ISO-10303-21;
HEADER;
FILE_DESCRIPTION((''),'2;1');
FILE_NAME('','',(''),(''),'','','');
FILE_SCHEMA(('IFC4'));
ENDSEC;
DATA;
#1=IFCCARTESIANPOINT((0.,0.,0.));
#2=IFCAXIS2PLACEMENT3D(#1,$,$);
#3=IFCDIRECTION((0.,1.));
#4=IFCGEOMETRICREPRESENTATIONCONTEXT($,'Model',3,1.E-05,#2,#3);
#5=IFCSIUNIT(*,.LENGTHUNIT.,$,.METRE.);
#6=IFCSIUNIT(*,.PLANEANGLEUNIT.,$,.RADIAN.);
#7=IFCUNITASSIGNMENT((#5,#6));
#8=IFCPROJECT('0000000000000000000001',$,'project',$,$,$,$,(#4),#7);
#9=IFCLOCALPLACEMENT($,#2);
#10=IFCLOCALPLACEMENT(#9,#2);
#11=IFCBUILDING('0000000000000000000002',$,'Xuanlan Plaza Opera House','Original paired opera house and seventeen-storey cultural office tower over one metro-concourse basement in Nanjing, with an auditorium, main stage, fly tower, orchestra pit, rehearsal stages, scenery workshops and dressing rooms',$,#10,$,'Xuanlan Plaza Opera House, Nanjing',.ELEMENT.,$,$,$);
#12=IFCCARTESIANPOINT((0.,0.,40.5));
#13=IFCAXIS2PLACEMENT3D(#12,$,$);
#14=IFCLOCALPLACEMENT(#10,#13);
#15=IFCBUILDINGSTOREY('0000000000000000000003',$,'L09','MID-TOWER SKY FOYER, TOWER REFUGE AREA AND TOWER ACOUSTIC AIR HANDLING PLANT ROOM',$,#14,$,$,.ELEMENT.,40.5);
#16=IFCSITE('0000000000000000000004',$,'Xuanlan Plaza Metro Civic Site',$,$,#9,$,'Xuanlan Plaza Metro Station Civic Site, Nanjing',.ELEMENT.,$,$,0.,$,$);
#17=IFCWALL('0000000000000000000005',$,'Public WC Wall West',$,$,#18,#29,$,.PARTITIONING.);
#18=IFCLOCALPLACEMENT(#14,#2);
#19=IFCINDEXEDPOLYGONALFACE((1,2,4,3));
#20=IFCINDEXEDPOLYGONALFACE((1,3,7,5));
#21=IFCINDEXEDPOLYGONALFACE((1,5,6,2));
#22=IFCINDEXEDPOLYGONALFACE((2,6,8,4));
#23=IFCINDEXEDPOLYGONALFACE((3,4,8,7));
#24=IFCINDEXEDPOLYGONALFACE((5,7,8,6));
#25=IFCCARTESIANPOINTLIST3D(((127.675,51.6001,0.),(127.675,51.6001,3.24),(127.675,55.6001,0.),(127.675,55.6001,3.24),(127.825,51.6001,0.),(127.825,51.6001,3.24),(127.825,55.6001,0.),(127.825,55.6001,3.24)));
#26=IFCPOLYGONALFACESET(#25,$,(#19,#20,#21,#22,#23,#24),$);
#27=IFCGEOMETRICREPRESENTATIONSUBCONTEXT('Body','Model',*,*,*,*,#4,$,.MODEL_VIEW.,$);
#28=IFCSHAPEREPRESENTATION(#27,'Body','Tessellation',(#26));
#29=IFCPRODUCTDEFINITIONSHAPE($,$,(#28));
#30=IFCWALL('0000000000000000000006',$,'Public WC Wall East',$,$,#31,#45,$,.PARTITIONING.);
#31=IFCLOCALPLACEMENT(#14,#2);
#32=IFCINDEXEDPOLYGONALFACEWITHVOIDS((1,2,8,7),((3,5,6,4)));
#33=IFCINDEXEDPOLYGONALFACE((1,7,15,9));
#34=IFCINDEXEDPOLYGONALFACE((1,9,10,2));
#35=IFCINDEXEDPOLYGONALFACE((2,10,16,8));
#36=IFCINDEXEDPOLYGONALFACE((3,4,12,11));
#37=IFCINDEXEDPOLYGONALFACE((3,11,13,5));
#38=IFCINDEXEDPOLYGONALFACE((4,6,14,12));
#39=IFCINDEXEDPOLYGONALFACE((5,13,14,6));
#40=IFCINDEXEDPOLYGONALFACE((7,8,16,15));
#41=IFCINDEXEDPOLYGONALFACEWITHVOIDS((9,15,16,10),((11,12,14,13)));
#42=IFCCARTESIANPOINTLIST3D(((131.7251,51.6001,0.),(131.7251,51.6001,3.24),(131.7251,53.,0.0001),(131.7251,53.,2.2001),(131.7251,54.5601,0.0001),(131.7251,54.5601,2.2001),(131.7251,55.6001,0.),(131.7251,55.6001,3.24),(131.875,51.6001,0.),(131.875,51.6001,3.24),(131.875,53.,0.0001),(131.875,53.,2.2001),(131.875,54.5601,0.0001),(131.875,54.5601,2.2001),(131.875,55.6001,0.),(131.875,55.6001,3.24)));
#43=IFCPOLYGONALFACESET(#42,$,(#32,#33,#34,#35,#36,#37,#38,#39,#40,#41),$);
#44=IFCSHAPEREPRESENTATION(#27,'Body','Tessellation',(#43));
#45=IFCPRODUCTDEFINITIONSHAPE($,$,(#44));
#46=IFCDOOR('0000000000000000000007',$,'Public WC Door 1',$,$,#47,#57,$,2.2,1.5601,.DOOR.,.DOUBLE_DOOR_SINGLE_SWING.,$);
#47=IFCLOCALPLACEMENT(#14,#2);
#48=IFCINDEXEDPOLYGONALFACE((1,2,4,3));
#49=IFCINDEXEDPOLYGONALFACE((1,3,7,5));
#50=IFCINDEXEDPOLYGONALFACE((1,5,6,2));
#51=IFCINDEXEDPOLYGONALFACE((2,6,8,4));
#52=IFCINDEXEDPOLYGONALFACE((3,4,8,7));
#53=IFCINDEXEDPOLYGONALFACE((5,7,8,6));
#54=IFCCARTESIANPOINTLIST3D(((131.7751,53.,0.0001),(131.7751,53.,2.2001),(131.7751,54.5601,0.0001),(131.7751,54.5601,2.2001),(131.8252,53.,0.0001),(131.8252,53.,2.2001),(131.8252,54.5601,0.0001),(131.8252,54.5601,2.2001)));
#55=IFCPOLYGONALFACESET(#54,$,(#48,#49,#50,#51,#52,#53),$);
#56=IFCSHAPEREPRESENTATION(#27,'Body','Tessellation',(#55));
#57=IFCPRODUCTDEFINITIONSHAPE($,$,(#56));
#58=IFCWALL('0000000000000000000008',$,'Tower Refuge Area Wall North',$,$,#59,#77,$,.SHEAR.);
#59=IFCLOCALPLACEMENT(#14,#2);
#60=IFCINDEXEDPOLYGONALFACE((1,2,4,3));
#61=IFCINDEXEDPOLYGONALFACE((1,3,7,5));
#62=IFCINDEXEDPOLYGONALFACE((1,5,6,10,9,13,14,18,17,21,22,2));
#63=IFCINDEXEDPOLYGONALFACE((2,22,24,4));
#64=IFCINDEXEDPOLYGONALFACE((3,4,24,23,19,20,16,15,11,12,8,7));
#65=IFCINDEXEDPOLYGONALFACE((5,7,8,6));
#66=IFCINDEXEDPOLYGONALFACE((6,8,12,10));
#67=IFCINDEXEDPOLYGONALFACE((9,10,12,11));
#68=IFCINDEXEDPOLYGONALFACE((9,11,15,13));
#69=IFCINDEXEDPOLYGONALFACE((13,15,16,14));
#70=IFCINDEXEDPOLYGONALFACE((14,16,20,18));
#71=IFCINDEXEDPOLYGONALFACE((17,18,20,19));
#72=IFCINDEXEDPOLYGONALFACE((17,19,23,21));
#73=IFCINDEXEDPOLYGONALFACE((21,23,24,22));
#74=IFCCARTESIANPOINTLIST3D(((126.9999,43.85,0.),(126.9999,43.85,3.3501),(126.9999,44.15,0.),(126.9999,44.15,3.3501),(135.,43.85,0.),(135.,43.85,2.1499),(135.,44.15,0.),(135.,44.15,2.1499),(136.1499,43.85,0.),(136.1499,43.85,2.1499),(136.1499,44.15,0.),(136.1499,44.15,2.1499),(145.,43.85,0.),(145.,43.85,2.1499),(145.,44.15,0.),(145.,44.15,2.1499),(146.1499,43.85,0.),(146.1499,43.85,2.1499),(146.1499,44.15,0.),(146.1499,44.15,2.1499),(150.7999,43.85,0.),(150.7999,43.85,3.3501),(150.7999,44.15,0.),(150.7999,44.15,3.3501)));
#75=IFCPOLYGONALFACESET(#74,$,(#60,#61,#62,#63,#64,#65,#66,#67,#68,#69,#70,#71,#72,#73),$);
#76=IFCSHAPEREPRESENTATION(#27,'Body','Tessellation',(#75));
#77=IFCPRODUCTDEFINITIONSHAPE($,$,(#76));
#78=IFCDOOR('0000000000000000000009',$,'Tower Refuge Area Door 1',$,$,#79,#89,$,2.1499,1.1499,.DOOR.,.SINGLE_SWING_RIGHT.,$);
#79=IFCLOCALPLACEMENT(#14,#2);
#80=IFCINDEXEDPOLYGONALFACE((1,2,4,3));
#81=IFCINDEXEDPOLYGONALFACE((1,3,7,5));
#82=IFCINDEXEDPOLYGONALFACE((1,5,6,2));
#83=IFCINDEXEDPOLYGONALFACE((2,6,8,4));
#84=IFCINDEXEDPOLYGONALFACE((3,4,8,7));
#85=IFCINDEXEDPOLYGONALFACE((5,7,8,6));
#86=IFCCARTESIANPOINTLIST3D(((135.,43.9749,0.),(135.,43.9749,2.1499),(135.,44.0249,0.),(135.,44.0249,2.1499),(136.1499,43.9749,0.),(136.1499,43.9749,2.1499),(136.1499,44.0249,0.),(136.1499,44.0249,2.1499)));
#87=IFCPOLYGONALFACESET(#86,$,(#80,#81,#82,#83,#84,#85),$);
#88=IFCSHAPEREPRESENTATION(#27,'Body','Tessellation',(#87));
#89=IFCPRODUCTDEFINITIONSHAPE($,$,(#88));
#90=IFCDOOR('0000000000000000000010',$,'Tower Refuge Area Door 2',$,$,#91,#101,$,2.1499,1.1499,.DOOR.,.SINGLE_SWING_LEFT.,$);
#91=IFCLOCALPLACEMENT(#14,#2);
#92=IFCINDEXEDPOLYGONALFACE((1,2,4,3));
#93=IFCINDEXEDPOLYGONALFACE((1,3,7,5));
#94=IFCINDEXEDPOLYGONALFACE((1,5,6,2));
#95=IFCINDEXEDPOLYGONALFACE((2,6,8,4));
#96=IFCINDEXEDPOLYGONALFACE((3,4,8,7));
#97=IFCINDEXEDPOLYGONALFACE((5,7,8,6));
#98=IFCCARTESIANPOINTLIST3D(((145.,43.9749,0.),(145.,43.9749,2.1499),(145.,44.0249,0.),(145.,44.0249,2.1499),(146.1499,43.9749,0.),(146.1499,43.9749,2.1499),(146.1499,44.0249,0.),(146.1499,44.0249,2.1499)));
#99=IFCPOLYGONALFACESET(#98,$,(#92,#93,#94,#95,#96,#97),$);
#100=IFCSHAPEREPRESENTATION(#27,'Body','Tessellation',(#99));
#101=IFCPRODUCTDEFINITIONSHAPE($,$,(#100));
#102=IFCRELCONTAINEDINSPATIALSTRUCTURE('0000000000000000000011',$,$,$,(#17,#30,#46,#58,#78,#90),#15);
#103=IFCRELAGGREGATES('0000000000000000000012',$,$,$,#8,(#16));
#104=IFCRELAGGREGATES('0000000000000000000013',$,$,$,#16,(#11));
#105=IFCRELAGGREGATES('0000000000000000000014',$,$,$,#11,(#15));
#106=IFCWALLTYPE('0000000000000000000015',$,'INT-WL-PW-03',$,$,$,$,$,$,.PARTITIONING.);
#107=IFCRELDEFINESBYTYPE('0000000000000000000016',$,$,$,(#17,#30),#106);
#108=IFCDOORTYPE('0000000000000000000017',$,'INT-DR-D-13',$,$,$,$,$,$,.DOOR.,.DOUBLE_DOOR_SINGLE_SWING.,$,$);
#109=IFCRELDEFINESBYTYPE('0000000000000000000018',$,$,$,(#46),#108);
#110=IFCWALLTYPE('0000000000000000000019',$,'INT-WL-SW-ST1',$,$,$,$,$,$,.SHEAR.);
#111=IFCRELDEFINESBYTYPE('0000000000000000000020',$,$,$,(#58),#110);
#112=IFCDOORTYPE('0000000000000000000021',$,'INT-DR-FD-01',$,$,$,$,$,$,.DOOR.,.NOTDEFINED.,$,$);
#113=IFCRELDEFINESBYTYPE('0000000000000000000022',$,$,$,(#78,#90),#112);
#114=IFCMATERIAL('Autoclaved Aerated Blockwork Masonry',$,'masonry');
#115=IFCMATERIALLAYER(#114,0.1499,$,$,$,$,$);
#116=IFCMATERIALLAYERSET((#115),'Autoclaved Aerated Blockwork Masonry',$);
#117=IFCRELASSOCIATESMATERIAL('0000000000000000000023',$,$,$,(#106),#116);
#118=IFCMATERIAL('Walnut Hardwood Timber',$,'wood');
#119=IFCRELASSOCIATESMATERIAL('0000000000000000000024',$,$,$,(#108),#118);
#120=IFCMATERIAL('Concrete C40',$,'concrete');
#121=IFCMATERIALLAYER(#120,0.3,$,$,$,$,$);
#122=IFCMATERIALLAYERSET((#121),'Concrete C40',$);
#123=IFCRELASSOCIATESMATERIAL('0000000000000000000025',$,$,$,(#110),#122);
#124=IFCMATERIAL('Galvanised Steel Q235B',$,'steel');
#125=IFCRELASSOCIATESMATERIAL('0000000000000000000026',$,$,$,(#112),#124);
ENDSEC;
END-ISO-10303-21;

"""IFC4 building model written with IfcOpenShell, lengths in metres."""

from ifc_helpers import new_model, si_unit, direction, frame, frame_2d, origin, place, context, subcontext, project, spatial, rectangle, extrude, material, layer, layer_set, type_object, element, fill, save


model = new_model("IFC4")

# Units and contexts
model_context = context("Model", 3, precision=1e-05, world=origin(), true_north=direction((0.0, 1.0)))
body_context = subcontext(model_context, "Body", "Model", "MODEL_VIEW")
ifc_project = project(units=[si_unit("LENGTHUNIT", "METRE"), si_unit("PLANEANGLEUNIT", "RADIAN")], contexts=[model_context])

# Site, building, storey
site_placement = place(None, origin())
site = spatial("IfcSite", under=ifc_project, at=site_placement, Name="Xuanlan Plaza Metro Civic Site", LongName="Xuanlan Plaza Metro Station Civic Site, Nanjing", CompositionType="ELEMENT", RefElevation=0.0)
building_placement = place(site_placement, origin())
building = spatial("IfcBuilding", under=site, at=building_placement, Name="Xuanlan Plaza Opera House", Description="Original paired opera house and seventeen-storey cultural office tower over one metro-concourse basement in Nanjing, with an auditorium, main stage, fly tower, orchestra pit, rehearsal stages, scenery workshops and dressing rooms", LongName="Xuanlan Plaza Opera House, Nanjing", CompositionType="ELEMENT")
storey_placement = place(building_placement, frame((0.0, 0.0, 40.5)))
storey = spatial("IfcBuildingStorey", under=building, at=storey_placement, Name="L09", Description="MID-TOWER SKY FOYER, TOWER REFUGE AREA AND TOWER ACOUSTIC AIR HANDLING PLANT ROOM", CompositionType="ELEMENT", Elevation=40.5)

# Wall
ifc_material_1 = material(Name="Autoclaved Aerated Blockwork Masonry", Category="masonry")
ifc_layer_1 = layer(ifc_material_1, 0.1499)
ifc_layer_set_1 = layer_set([ifc_layer_1], Name="Autoclaved Aerated Blockwork Masonry")
wall_type_1 = type_object("IfcWallType", Name="INT-WL-PW-03", PredefinedType="PARTITIONING", material=ifc_layer_set_1)
wall_1_placement = place(storey_placement, frame((127.75, 51.6001, 0.0), z_axis=(0.0, 0.0, 1.0), x_axis=(0.0, 1.0, 0.0)))
element("IfcWall", 1, at=wall_1_placement, inside=storey, type_object=wall_type_1, Name="Public WC Wall West", PredefinedType="PARTITIONING", context=body_context, shape_type="SweptSolid", body=[
    extrude(rectangle(XDim=4.0, YDim=0.1499, at=frame_2d((2.0, 0.0))), origin(), (0.0, 0.0, 1.0), 3.24),
])

# Wall, opening, door
wall_2_placement = place(storey_placement, frame((131.8, 51.6001, 0.0), z_axis=(0.0, 0.0, 1.0), x_axis=(0.0, 1.0, 0.0)))
wall_2 = element("IfcWall", 2, at=wall_2_placement, inside=storey, type_object=wall_type_1, Name="Public WC Wall East", PredefinedType="PARTITIONING", context=body_context, shape_type="SweptSolid", body=[
    extrude(rectangle(XDim=4.0, YDim=0.1499, at=frame_2d((2.0, 0.0))), origin(), (0.0, 0.0, 1.0), 3.24),
])
opening_1_placement = place(wall_2_placement, frame((1.3999, 0.0, 0.0)))
opening_1 = element("IfcOpeningElement", 3, at=opening_1_placement, cuts=wall_2, PredefinedType="OPENING", context=body_context, shape_type="SweptSolid", body=[
    extrude(rectangle(XDim=1.5601, YDim=2.2, at=frame_2d((0.78, 1.1001))), frame((0.0, 0.085, 0.0), z_axis=(0.0, -1.0, 0.0), x_axis=(1.0, 0.0, 0.0)), (0.0, 0.0, 1.0), 0.1699),
])
ifc_material_2 = material(Name="Walnut Hardwood Timber", Category="wood")
door_type_1 = type_object("IfcDoorType", Name="INT-DR-D-13", OperationType="DOUBLE_DOOR_SINGLE_SWING", PredefinedType="DOOR", material=ifc_material_2)
door_1_placement = place(opening_1_placement, origin())
door_1 = element("IfcDoor", 4, at=door_1_placement, inside=storey, type_object=door_type_1, Name="Public WC Door 1", OperationType="DOUBLE_DOOR_SINGLE_SWING", OverallHeight=2.2, OverallWidth=1.5601, PredefinedType="DOOR", context=body_context, shape_type="SweptSolid", body=[
    extrude(rectangle(XDim=1.5601, YDim=2.2, at=frame_2d((0.78, 1.1001))), frame((0.0, 0.0249, 0.0), z_axis=(0.0, -1.0, 0.0), x_axis=(1.0, 0.0, 0.0)), (0.0, 0.0, 1.0), 0.05),
])
fill(opening_1, door_1)

# Wall, openings, doors
ifc_material_3 = material(Name="Concrete C40", Category="concrete")
ifc_layer_2 = layer(ifc_material_3, 0.3)
ifc_layer_set_2 = layer_set([ifc_layer_2], Name="Concrete C40")
wall_type_2 = type_object("IfcWallType", Name="INT-WL-SW-ST1", PredefinedType="SHEAR", material=ifc_layer_set_2)
wall_3_placement = place(storey_placement, frame((127.0, 44.0, 0.0), z_axis=(0.0, 0.0, 1.0), x_axis=(1.0, 0.0, 0.0)))
wall_3 = element("IfcWall", 5, at=wall_3_placement, inside=storey, type_object=wall_type_2, Name="Tower Refuge Area Wall North", PredefinedType="SHEAR", context=body_context, shape_type="SweptSolid", body=[
    extrude(rectangle(XDim=23.8, YDim=0.3, at=frame_2d((11.8999, 0.0))), origin(), (0.0, 0.0, 1.0), 3.3501),
])
opening_2_placement = place(wall_3_placement, frame((8.0, 0.0, 0.0)))
opening_2 = element("IfcOpeningElement", 6, at=opening_2_placement, cuts=wall_3, PredefinedType="OPENING", context=body_context, shape_type="SweptSolid", body=[
    extrude(rectangle(XDim=1.1499, YDim=2.1499, at=frame_2d((0.575, 1.075))), frame((0.0, 0.1599, 0.0), z_axis=(0.0, -1.0, 0.0), x_axis=(1.0, 0.0, 0.0)), (0.0, 0.0, 1.0), 0.3201),
])
opening_3_placement = place(wall_3_placement, frame((18.0, 0.0, 0.0)))
opening_3 = element("IfcOpeningElement", 7, at=opening_3_placement, cuts=wall_3, PredefinedType="OPENING", context=body_context, shape_type="SweptSolid", body=[
    extrude(rectangle(XDim=1.1499, YDim=2.1499, at=frame_2d((0.575, 1.075))), frame((0.0, 0.1599, 0.0), z_axis=(0.0, -1.0, 0.0), x_axis=(1.0, 0.0, 0.0)), (0.0, 0.0, 1.0), 0.3201),
])
ifc_material_4 = material(Name="Galvanised Steel Q235B", Category="steel")
door_type_2 = type_object("IfcDoorType", Name="INT-DR-FD-01", OperationType="NOTDEFINED", PredefinedType="DOOR", material=ifc_material_4)
door_2_placement = place(opening_2_placement, origin())
door_2 = element("IfcDoor", 8, at=door_2_placement, inside=storey, type_object=door_type_2, Name="Tower Refuge Area Door 1", OperationType="SINGLE_SWING_RIGHT", OverallHeight=2.1499, OverallWidth=1.1499, PredefinedType="DOOR", context=body_context, shape_type="SweptSolid", body=[
    extrude(rectangle(XDim=1.1499, YDim=2.1499, at=frame_2d((0.575, 1.075))), frame((0.0, 0.0249, 0.0), z_axis=(0.0, -1.0, 0.0), x_axis=(1.0, 0.0, 0.0)), (0.0, 0.0, 1.0), 0.05),
])
fill(opening_2, door_2)
door_3_placement = place(opening_3_placement, origin())
door_3 = element("IfcDoor", 9, at=door_3_placement, inside=storey, type_object=door_type_2, Name="Tower Refuge Area Door 2", OperationType="SINGLE_SWING_LEFT", OverallHeight=2.1499, OverallWidth=1.1499, PredefinedType="DOOR", context=body_context, shape_type="SweptSolid", body=[
    extrude(rectangle(XDim=1.1499, YDim=2.1499, at=frame_2d((0.575, 1.075))), frame((0.0, 0.0249, 0.0), z_axis=(0.0, -1.0, 0.0), x_axis=(1.0, 0.0, 0.0)), (0.0, 0.0, 1.0), 0.05),
])
fill(opening_3, door_3)

save(model, "model.ifc")
